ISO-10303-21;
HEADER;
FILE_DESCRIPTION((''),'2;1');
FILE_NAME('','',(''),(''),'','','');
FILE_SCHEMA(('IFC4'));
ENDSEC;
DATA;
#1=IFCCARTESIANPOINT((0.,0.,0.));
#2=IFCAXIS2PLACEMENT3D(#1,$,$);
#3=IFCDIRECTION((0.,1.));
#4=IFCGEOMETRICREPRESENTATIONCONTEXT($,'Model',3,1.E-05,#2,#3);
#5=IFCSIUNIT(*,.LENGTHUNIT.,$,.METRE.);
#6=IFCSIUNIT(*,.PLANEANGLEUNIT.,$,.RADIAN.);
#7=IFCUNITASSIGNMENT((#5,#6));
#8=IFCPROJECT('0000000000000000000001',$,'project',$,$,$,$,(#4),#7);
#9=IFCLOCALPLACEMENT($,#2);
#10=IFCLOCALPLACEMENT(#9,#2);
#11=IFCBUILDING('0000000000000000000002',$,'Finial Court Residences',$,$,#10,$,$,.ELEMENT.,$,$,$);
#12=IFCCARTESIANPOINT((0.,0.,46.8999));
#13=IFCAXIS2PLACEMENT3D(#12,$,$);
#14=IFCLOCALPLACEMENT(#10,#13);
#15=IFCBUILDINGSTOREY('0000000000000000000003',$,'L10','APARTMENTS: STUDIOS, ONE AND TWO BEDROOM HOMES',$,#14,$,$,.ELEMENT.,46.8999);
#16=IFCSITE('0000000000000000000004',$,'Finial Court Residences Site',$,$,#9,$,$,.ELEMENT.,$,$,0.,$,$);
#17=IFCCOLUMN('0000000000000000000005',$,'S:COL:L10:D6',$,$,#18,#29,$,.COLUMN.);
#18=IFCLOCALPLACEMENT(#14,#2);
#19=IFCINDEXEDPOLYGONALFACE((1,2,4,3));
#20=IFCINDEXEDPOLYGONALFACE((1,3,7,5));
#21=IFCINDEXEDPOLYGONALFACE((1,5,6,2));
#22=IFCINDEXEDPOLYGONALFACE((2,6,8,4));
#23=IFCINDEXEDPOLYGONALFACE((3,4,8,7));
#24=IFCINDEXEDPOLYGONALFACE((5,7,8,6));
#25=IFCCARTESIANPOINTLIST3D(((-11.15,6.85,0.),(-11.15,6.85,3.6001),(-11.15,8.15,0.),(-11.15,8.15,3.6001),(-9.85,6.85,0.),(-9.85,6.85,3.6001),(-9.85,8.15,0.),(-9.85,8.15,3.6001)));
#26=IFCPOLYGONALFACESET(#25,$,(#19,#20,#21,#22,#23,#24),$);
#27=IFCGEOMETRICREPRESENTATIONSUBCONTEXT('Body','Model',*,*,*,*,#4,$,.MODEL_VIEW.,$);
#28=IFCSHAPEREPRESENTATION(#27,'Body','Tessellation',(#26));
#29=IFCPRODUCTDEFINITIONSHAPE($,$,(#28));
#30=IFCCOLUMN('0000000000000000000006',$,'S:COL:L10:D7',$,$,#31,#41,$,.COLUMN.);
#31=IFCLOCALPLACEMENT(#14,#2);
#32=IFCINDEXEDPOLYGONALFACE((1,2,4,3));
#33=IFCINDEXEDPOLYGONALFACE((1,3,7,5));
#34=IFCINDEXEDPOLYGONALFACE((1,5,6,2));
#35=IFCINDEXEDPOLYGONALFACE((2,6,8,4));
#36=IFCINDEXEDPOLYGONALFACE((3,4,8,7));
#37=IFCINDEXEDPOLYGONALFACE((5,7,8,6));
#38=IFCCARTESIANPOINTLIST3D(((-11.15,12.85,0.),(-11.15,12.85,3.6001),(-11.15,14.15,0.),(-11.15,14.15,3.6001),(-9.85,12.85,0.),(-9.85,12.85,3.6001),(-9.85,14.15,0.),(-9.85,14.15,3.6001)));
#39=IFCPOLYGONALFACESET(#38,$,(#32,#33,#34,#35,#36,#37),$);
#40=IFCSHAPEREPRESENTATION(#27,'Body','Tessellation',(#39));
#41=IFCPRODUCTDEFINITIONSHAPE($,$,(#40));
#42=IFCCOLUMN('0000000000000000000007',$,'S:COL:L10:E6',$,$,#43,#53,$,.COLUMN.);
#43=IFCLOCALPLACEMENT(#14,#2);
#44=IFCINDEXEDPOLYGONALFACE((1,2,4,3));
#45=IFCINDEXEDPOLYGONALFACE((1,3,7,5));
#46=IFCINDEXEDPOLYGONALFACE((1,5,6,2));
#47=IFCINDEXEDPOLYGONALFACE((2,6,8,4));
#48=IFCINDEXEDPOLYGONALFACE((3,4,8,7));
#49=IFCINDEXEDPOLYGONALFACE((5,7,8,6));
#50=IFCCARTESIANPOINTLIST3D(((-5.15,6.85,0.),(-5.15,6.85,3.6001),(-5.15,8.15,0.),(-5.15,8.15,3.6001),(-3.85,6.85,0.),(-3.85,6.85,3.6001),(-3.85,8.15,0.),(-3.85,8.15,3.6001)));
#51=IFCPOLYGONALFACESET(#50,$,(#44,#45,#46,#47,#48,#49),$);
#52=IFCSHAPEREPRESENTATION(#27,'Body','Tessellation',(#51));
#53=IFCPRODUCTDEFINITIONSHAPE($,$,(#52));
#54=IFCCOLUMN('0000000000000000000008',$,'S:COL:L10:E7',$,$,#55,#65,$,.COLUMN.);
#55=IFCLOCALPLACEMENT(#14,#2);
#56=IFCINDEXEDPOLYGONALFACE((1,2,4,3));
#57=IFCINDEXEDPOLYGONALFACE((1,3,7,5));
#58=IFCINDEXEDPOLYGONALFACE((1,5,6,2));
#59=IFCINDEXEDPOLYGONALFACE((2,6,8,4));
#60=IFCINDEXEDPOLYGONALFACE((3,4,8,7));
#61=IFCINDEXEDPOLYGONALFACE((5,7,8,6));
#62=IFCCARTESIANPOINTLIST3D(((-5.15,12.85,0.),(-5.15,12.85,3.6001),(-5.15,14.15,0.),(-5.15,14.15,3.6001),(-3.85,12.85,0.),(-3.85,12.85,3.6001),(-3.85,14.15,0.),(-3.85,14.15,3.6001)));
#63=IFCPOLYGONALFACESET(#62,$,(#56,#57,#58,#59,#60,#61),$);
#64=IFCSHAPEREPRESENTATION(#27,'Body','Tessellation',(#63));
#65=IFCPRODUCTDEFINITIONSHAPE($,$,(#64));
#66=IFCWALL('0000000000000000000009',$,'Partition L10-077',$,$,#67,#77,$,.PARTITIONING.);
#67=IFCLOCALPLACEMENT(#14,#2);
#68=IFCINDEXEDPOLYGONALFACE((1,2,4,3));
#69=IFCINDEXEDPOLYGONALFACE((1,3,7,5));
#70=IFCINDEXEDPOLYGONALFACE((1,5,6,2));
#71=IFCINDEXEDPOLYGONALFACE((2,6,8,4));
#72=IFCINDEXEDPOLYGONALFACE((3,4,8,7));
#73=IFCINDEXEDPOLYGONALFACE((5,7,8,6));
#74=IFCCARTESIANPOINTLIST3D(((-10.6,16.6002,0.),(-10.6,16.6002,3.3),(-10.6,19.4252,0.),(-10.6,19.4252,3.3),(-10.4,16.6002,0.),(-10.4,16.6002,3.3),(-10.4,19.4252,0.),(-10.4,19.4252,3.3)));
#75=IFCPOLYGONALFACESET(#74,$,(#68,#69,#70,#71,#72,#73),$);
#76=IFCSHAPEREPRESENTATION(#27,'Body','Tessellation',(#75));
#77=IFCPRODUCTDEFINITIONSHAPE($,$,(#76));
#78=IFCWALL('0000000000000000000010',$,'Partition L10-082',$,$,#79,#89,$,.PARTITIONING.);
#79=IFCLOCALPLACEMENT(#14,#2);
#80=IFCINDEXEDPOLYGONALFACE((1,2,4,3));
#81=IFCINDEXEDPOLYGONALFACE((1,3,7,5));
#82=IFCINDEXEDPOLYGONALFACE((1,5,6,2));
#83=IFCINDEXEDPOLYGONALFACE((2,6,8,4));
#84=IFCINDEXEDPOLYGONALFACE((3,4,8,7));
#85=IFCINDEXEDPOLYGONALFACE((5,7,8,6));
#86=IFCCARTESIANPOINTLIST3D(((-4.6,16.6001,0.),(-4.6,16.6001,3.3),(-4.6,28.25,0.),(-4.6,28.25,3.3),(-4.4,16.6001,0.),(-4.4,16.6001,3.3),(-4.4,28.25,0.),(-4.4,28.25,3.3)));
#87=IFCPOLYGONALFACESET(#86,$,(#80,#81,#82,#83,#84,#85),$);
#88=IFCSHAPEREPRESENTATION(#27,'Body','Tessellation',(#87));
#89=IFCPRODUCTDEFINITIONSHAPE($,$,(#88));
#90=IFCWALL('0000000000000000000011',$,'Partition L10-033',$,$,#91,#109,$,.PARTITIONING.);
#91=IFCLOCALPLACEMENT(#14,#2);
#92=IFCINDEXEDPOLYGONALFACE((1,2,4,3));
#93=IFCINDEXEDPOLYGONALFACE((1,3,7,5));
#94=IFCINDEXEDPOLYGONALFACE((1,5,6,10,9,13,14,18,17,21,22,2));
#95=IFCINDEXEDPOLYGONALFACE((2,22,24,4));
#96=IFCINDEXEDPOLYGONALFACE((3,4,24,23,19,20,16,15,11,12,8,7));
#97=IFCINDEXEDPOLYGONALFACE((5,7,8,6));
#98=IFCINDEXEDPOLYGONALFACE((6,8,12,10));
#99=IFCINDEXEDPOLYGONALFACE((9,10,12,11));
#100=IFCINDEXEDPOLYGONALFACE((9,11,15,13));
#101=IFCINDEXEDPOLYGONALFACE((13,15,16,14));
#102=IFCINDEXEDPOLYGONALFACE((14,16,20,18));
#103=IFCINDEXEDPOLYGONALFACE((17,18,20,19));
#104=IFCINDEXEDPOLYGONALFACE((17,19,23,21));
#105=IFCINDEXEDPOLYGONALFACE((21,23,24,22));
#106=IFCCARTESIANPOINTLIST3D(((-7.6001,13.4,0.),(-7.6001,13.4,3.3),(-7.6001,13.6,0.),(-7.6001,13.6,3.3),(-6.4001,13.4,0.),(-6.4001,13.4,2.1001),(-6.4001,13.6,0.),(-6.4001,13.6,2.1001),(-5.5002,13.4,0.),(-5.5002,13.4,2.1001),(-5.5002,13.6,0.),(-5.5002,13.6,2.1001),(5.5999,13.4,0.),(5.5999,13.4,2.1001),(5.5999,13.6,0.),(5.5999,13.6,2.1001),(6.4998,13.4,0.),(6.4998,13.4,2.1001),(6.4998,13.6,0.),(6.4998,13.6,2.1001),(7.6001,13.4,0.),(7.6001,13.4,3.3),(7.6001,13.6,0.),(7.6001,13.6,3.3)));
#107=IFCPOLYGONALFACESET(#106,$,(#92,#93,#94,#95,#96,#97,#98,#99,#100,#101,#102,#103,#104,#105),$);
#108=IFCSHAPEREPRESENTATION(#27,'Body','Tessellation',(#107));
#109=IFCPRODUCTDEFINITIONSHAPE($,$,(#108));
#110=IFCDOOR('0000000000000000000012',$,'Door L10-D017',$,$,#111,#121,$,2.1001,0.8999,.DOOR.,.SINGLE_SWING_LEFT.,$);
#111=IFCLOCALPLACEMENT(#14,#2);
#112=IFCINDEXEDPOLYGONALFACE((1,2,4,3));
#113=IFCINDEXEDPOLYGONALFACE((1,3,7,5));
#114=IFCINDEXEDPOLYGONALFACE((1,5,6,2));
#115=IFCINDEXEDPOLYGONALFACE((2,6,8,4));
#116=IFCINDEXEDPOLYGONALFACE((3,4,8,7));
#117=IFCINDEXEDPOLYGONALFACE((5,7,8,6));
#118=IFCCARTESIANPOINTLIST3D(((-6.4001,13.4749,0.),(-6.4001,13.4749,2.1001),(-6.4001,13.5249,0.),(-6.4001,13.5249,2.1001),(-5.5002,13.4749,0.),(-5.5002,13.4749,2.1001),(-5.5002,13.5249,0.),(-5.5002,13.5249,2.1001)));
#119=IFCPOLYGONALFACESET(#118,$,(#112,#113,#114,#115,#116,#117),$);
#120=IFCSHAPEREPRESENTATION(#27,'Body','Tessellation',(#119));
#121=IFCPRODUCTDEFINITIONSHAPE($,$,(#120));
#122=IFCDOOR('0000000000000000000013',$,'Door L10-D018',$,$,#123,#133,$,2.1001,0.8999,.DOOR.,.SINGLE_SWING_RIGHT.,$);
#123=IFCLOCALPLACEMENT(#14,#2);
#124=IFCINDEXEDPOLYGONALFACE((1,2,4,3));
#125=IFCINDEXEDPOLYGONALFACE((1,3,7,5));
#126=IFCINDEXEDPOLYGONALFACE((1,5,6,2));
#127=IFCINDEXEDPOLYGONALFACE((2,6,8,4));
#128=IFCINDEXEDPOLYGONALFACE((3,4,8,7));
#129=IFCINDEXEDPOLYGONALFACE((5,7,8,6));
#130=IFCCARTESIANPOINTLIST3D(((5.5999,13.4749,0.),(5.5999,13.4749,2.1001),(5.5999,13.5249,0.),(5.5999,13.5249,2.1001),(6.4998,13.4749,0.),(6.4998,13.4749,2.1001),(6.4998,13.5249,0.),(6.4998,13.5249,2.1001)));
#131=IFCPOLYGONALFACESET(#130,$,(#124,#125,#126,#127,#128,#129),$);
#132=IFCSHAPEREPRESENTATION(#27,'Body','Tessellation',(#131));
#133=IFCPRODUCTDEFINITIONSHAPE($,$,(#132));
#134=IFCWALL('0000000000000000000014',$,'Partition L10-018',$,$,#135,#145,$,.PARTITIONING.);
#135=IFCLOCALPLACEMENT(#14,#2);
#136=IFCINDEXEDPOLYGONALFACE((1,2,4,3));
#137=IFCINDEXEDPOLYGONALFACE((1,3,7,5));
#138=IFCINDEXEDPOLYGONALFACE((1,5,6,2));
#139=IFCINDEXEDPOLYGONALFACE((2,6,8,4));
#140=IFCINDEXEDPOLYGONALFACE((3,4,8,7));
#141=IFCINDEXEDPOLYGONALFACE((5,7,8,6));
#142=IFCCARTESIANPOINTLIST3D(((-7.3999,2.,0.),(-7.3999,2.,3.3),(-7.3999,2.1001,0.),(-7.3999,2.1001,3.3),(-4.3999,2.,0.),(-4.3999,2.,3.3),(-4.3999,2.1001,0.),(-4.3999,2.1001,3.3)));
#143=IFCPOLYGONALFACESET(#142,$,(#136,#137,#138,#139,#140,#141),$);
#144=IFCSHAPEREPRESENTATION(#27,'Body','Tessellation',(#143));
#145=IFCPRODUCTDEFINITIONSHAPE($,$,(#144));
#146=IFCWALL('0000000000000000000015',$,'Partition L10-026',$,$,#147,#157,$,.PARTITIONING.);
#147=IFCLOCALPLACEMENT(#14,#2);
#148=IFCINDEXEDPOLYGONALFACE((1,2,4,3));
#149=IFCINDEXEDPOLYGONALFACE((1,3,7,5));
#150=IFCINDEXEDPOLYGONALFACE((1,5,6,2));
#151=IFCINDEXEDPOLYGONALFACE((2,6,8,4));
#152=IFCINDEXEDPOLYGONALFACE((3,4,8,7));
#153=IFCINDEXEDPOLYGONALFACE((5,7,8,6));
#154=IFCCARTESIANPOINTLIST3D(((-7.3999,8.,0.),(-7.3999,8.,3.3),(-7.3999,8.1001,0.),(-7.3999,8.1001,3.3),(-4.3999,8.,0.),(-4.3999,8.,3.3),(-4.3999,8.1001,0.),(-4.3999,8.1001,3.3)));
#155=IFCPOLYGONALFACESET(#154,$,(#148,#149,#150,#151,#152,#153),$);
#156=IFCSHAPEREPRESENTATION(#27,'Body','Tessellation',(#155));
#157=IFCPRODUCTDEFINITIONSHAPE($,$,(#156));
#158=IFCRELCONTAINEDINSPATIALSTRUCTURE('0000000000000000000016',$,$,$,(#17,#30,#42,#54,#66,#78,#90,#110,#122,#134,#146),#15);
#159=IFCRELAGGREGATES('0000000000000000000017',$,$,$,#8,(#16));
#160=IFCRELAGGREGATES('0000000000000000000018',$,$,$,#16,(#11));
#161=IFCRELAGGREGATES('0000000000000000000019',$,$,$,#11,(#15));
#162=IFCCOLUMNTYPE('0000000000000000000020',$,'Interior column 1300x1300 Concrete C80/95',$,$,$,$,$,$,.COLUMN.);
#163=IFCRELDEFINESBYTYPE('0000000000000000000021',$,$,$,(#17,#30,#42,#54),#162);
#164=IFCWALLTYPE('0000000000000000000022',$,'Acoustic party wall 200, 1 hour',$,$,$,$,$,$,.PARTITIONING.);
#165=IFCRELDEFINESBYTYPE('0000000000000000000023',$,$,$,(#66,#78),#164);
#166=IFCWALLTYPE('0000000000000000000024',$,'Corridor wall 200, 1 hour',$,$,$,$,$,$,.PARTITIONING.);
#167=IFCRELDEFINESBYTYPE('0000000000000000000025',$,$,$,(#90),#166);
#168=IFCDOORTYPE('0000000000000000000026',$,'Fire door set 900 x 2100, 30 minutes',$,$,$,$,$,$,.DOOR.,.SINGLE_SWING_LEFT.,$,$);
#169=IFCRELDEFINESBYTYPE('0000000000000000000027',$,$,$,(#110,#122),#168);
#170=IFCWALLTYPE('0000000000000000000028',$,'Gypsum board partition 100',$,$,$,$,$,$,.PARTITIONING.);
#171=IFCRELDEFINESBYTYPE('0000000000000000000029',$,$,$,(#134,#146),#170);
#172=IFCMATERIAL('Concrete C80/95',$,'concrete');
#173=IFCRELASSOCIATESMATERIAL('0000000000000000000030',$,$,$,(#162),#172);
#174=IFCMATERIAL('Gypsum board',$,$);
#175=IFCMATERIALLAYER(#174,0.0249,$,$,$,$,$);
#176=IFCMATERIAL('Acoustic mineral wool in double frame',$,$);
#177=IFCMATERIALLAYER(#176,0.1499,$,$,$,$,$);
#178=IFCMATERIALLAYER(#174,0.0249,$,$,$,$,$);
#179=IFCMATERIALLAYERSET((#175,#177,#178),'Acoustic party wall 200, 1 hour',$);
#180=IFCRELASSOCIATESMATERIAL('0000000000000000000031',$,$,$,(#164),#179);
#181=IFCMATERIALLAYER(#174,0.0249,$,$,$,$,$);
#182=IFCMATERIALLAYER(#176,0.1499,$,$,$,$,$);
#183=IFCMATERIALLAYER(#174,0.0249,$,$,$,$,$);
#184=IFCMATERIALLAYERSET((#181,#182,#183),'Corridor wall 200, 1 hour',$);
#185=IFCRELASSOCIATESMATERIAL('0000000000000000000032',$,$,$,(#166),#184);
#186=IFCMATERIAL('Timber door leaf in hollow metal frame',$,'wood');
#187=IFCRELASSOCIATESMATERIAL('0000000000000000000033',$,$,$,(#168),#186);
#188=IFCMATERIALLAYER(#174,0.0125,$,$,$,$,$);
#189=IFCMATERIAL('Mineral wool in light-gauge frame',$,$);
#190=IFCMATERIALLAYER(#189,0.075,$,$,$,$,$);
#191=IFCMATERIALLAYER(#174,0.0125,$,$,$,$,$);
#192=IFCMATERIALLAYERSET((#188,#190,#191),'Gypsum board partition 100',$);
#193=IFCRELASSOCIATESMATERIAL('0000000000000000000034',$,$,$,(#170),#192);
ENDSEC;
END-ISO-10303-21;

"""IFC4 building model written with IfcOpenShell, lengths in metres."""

from ifc_helpers import new_model, si_unit, direction, frame, frame_2d, origin, origin_2d, place, context, subcontext, project, spatial, rectangle, extrude, material, layer, layer_set, material_profile, profile_set, type_object, element, fill, save


model = new_model("IFC4")

# Units and contexts
model_context = context("Model", 3, precision=1e-05, world=origin(), true_north=direction((0.0, 1.0)))
body_context = subcontext(model_context, "Body", "Model", "MODEL_VIEW")
ifc_project = project(units=[si_unit("LENGTHUNIT", "METRE"), si_unit("PLANEANGLEUNIT", "RADIAN")], contexts=[model_context])

# Site, building, storey
site_placement = place(None, origin())
site = spatial("IfcSite", under=ifc_project, at=site_placement, Name="Finial Court Residences Site", CompositionType="ELEMENT", RefElevation=0.0)
building_placement = place(site_placement, origin())
building = spatial("IfcBuilding", under=site, at=building_placement, Name="Finial Court Residences", CompositionType="ELEMENT")
storey_placement = place(building_placement, frame((0.0, 0.0, 46.8999)))
storey = spatial("IfcBuildingStorey", under=building, at=storey_placement, Name="L10", Description="APARTMENTS: STUDIOS, ONE AND TWO BEDROOM HOMES", CompositionType="ELEMENT", Elevation=46.8999)

# Columns
ifc_material_1 = material(Name="Concrete C80/95", Category="concrete")
ifc_material_profile = material_profile(ifc_material_1, rectangle(XDim=1.3, YDim=1.3, at=origin_2d()), Name="1300x1300")
ifc_profile_set = profile_set([ifc_material_profile], Name="Concrete C80/95")
column_type = type_object("IfcColumnType", Name="Interior column 1300x1300 Concrete C80/95", PredefinedType="COLUMN", material=ifc_profile_set)
for number, where, z_axis, x_axis, name in (
    (1, (-10.5, 7.5, 0.0), (0.0, 0.0, 1.0), (1.0, 0.0, 0.0), "S:COL:L10:D6"),
    (2, (-10.5, 13.5, 0.0), (0.0, 0.0, 1.0), (1.0, 0.0, 0.0), "S:COL:L10:D7"),
    (3, (-4.5, 7.5, 0.0), (0.0, 0.0, 1.0), (1.0, 0.0, 0.0), "S:COL:L10:E6"),
    (4, (-4.5, 13.5, 0.0), (0.0, 0.0, 1.0), (1.0, 0.0, 0.0), "S:COL:L10:E7"),
):
    element("IfcColumn", number, at=place(storey_placement, frame(where, z_axis=z_axis, x_axis=x_axis)), inside=storey, type_object=column_type, Name=name, PredefinedType="COLUMN", context=body_context, shape_type="SweptSolid", body=[
        extrude(rectangle(XDim=1.3, YDim=1.3, at=origin_2d()), origin(), (0.0, 0.0, 1.0), 3.6001),
    ])

# Walls
ifc_material_2 = material(Name="Gypsum board")
ifc_layer_1 = layer(ifc_material_2, 0.0249)
ifc_material_3 = material(Name="Acoustic mineral wool in double frame")
ifc_layer_2 = layer(ifc_material_3, 0.1499)
ifc_layer_3 = layer(ifc_material_2, 0.0249)
ifc_layer_set_1 = layer_set([ifc_layer_1, ifc_layer_2, ifc_layer_3], Name="Acoustic party wall 200, 1 hour")
wall_type_1 = type_object("IfcWallType", Name="Acoustic party wall 200, 1 hour", PredefinedType="PARTITIONING", material=ifc_layer_set_1)
wall_1_placement = place(storey_placement, frame((-10.5, 16.6001, 0.0), z_axis=(0.0, 0.0, 1.0), x_axis=(0.0, 1.0, 0.0)))
element("IfcWall", 5, at=wall_1_placement, inside=storey, type_object=wall_type_1, Name="Partition L10-077", PredefinedType="PARTITIONING", context=body_context, shape_type="SweptSolid", body=[
    extrude(rectangle(XDim=2.825, YDim=0.2, at=frame_2d((1.4126, 0.0))), origin(), (0.0, 0.0, 1.0), 3.3),
])
wall_2_placement = place(storey_placement, frame((-4.5, 16.6001, 0.0), z_axis=(0.0, 0.0, 1.0), x_axis=(0.0, 1.0, 0.0)))
element("IfcWall", 6, at=wall_2_placement, inside=storey, type_object=wall_type_1, Name="Partition L10-082", PredefinedType="PARTITIONING", context=body_context, shape_type="SweptSolid", body=[
    extrude(rectangle(XDim=11.6499, YDim=0.2, at=frame_2d((5.825, 0.0))), origin(), (0.0, 0.0, 1.0), 3.3),
])

# Wall, openings, doors
ifc_layer_4 = layer(ifc_material_2, 0.0249)
ifc_layer_5 = layer(ifc_material_3, 0.1499)
ifc_layer_6 = layer(ifc_material_2, 0.0249)
ifc_layer_set_2 = layer_set([ifc_layer_4, ifc_layer_5, ifc_layer_6], Name="Corridor wall 200, 1 hour")
wall_type_2 = type_object("IfcWallType", Name="Corridor wall 200, 1 hour", PredefinedType="PARTITIONING", material=ifc_layer_set_2)
wall_3_placement = place(storey_placement, frame((-7.6001, 13.5, 0.0), z_axis=(0.0, 0.0, 1.0), x_axis=(1.0, 0.0, 0.0)))
wall_3 = element("IfcWall", 7, at=wall_3_placement, inside=storey, type_object=wall_type_2, Name="Partition L10-033", PredefinedType="PARTITIONING", context=body_context, shape_type="SweptSolid", body=[
    extrude(rectangle(XDim=15.2002, YDim=0.2, at=frame_2d((7.6001, 0.0))), origin(), (0.0, 0.0, 1.0), 3.3),
])
opening_1_placement = place(wall_3_placement, frame((1.2, 0.0, 0.0)))
opening_1 = element("IfcOpeningElement", 8, at=opening_1_placement, cuts=wall_3, PredefinedType="OPENING", context=body_context, shape_type="SweptSolid", body=[
    extrude(rectangle(XDim=0.8999, YDim=2.1001, at=frame_2d((0.45, 1.05))), frame((0.0, 0.1099, 0.0), z_axis=(0.0, -1.0, 0.0), x_axis=(1.0, 0.0, 0.0)), (0.0, 0.0, 1.0), 0.22),
])
opening_2_placement = place(wall_3_placement, frame((13.2, 0.0, 0.0)))
opening_2 = element("IfcOpeningElement", 9, at=opening_2_placement, cuts=wall_3, PredefinedType="OPENING", context=body_context, shape_type="SweptSolid", body=[
    extrude(rectangle(XDim=0.8999, YDim=2.1001, at=frame_2d((0.45, 1.05))), frame((0.0, 0.1099, 0.0), z_axis=(0.0, -1.0, 0.0), x_axis=(1.0, 0.0, 0.0)), (0.0, 0.0, 1.0), 0.22),
])
ifc_material_4 = material(Name="Timber door leaf in hollow metal frame", Category="wood")
door_type_1 = type_object("IfcDoorType", Name="Fire door set 900 x 2100, 30 minutes", OperationType="SINGLE_SWING_LEFT", PredefinedType="DOOR", material=ifc_material_4)
door_1_placement = place(opening_1_placement, origin())
door_1 = element("IfcDoor", 10, at=door_1_placement, inside=storey, type_object=door_type_1, Name="Door L10-D017", OperationType="SINGLE_SWING_LEFT", OverallHeight=2.1001, OverallWidth=0.8999, PredefinedType="DOOR", context=body_context, shape_type="SweptSolid", body=[
    extrude(rectangle(XDim=0.8999, YDim=2.1001, at=frame_2d((0.45, 1.05))), frame((0.0, 0.0249, 0.0), z_axis=(0.0, -1.0, 0.0), x_axis=(1.0, 0.0, 0.0)), (0.0, 0.0, 1.0), 0.05),
])
fill(opening_1, door_1)
door_2_placement = place(opening_2_placement, origin())
door_2 = element("IfcDoor", 11, at=door_2_placement, inside=storey, type_object=door_type_1, Name="Door L10-D018", OperationType="SINGLE_SWING_RIGHT", OverallHeight=2.1001, OverallWidth=0.8999, PredefinedType="DOOR", context=body_context, shape_type="SweptSolid", body=[
    extrude(rectangle(XDim=0.8999, YDim=2.1001, at=frame_2d((0.45, 1.05))), frame((0.0, 0.0249, 0.0), z_axis=(0.0, -1.0, 0.0), x_axis=(1.0, 0.0, 0.0)), (0.0, 0.0, 1.0), 0.05),
])
fill(opening_2, door_2)

# Walls
ifc_layer_7 = layer(ifc_material_2, 0.0125)
ifc_material_5 = material(Name="Mineral wool in light-gauge frame")
ifc_layer_8 = layer(ifc_material_5, 0.075)
ifc_layer_9 = layer(ifc_material_2, 0.0125)
ifc_layer_set_3 = layer_set([ifc_layer_7, ifc_layer_8, ifc_layer_9], Name="Gypsum board partition 100")
wall_type_3 = type_object("IfcWallType", Name="Gypsum board partition 100", PredefinedType="PARTITIONING", material=ifc_layer_set_3)
for number, where, z_axis, x_axis, name in (
    (12, (-7.3999, 2.05, 0.0), (0.0, 0.0, 1.0), (1.0, 0.0, 0.0), "Partition L10-018"),
    (13, (-7.3999, 8.05, 0.0), (0.0, 0.0, 1.0), (1.0, 0.0, 0.0), "Partition L10-026"),
):
    element("IfcWall", number, at=place(storey_placement, frame(where, z_axis=z_axis, x_axis=x_axis)), inside=storey, type_object=wall_type_3, Name=name, PredefinedType="PARTITIONING", context=body_context, shape_type="SweptSolid", body=[
        extrude(rectangle(XDim=3.0, YDim=0.1001, at=frame_2d((1.5, 0.0))), origin(), (0.0, 0.0, 1.0), 3.3),
    ])

save(model, "model.ifc")
